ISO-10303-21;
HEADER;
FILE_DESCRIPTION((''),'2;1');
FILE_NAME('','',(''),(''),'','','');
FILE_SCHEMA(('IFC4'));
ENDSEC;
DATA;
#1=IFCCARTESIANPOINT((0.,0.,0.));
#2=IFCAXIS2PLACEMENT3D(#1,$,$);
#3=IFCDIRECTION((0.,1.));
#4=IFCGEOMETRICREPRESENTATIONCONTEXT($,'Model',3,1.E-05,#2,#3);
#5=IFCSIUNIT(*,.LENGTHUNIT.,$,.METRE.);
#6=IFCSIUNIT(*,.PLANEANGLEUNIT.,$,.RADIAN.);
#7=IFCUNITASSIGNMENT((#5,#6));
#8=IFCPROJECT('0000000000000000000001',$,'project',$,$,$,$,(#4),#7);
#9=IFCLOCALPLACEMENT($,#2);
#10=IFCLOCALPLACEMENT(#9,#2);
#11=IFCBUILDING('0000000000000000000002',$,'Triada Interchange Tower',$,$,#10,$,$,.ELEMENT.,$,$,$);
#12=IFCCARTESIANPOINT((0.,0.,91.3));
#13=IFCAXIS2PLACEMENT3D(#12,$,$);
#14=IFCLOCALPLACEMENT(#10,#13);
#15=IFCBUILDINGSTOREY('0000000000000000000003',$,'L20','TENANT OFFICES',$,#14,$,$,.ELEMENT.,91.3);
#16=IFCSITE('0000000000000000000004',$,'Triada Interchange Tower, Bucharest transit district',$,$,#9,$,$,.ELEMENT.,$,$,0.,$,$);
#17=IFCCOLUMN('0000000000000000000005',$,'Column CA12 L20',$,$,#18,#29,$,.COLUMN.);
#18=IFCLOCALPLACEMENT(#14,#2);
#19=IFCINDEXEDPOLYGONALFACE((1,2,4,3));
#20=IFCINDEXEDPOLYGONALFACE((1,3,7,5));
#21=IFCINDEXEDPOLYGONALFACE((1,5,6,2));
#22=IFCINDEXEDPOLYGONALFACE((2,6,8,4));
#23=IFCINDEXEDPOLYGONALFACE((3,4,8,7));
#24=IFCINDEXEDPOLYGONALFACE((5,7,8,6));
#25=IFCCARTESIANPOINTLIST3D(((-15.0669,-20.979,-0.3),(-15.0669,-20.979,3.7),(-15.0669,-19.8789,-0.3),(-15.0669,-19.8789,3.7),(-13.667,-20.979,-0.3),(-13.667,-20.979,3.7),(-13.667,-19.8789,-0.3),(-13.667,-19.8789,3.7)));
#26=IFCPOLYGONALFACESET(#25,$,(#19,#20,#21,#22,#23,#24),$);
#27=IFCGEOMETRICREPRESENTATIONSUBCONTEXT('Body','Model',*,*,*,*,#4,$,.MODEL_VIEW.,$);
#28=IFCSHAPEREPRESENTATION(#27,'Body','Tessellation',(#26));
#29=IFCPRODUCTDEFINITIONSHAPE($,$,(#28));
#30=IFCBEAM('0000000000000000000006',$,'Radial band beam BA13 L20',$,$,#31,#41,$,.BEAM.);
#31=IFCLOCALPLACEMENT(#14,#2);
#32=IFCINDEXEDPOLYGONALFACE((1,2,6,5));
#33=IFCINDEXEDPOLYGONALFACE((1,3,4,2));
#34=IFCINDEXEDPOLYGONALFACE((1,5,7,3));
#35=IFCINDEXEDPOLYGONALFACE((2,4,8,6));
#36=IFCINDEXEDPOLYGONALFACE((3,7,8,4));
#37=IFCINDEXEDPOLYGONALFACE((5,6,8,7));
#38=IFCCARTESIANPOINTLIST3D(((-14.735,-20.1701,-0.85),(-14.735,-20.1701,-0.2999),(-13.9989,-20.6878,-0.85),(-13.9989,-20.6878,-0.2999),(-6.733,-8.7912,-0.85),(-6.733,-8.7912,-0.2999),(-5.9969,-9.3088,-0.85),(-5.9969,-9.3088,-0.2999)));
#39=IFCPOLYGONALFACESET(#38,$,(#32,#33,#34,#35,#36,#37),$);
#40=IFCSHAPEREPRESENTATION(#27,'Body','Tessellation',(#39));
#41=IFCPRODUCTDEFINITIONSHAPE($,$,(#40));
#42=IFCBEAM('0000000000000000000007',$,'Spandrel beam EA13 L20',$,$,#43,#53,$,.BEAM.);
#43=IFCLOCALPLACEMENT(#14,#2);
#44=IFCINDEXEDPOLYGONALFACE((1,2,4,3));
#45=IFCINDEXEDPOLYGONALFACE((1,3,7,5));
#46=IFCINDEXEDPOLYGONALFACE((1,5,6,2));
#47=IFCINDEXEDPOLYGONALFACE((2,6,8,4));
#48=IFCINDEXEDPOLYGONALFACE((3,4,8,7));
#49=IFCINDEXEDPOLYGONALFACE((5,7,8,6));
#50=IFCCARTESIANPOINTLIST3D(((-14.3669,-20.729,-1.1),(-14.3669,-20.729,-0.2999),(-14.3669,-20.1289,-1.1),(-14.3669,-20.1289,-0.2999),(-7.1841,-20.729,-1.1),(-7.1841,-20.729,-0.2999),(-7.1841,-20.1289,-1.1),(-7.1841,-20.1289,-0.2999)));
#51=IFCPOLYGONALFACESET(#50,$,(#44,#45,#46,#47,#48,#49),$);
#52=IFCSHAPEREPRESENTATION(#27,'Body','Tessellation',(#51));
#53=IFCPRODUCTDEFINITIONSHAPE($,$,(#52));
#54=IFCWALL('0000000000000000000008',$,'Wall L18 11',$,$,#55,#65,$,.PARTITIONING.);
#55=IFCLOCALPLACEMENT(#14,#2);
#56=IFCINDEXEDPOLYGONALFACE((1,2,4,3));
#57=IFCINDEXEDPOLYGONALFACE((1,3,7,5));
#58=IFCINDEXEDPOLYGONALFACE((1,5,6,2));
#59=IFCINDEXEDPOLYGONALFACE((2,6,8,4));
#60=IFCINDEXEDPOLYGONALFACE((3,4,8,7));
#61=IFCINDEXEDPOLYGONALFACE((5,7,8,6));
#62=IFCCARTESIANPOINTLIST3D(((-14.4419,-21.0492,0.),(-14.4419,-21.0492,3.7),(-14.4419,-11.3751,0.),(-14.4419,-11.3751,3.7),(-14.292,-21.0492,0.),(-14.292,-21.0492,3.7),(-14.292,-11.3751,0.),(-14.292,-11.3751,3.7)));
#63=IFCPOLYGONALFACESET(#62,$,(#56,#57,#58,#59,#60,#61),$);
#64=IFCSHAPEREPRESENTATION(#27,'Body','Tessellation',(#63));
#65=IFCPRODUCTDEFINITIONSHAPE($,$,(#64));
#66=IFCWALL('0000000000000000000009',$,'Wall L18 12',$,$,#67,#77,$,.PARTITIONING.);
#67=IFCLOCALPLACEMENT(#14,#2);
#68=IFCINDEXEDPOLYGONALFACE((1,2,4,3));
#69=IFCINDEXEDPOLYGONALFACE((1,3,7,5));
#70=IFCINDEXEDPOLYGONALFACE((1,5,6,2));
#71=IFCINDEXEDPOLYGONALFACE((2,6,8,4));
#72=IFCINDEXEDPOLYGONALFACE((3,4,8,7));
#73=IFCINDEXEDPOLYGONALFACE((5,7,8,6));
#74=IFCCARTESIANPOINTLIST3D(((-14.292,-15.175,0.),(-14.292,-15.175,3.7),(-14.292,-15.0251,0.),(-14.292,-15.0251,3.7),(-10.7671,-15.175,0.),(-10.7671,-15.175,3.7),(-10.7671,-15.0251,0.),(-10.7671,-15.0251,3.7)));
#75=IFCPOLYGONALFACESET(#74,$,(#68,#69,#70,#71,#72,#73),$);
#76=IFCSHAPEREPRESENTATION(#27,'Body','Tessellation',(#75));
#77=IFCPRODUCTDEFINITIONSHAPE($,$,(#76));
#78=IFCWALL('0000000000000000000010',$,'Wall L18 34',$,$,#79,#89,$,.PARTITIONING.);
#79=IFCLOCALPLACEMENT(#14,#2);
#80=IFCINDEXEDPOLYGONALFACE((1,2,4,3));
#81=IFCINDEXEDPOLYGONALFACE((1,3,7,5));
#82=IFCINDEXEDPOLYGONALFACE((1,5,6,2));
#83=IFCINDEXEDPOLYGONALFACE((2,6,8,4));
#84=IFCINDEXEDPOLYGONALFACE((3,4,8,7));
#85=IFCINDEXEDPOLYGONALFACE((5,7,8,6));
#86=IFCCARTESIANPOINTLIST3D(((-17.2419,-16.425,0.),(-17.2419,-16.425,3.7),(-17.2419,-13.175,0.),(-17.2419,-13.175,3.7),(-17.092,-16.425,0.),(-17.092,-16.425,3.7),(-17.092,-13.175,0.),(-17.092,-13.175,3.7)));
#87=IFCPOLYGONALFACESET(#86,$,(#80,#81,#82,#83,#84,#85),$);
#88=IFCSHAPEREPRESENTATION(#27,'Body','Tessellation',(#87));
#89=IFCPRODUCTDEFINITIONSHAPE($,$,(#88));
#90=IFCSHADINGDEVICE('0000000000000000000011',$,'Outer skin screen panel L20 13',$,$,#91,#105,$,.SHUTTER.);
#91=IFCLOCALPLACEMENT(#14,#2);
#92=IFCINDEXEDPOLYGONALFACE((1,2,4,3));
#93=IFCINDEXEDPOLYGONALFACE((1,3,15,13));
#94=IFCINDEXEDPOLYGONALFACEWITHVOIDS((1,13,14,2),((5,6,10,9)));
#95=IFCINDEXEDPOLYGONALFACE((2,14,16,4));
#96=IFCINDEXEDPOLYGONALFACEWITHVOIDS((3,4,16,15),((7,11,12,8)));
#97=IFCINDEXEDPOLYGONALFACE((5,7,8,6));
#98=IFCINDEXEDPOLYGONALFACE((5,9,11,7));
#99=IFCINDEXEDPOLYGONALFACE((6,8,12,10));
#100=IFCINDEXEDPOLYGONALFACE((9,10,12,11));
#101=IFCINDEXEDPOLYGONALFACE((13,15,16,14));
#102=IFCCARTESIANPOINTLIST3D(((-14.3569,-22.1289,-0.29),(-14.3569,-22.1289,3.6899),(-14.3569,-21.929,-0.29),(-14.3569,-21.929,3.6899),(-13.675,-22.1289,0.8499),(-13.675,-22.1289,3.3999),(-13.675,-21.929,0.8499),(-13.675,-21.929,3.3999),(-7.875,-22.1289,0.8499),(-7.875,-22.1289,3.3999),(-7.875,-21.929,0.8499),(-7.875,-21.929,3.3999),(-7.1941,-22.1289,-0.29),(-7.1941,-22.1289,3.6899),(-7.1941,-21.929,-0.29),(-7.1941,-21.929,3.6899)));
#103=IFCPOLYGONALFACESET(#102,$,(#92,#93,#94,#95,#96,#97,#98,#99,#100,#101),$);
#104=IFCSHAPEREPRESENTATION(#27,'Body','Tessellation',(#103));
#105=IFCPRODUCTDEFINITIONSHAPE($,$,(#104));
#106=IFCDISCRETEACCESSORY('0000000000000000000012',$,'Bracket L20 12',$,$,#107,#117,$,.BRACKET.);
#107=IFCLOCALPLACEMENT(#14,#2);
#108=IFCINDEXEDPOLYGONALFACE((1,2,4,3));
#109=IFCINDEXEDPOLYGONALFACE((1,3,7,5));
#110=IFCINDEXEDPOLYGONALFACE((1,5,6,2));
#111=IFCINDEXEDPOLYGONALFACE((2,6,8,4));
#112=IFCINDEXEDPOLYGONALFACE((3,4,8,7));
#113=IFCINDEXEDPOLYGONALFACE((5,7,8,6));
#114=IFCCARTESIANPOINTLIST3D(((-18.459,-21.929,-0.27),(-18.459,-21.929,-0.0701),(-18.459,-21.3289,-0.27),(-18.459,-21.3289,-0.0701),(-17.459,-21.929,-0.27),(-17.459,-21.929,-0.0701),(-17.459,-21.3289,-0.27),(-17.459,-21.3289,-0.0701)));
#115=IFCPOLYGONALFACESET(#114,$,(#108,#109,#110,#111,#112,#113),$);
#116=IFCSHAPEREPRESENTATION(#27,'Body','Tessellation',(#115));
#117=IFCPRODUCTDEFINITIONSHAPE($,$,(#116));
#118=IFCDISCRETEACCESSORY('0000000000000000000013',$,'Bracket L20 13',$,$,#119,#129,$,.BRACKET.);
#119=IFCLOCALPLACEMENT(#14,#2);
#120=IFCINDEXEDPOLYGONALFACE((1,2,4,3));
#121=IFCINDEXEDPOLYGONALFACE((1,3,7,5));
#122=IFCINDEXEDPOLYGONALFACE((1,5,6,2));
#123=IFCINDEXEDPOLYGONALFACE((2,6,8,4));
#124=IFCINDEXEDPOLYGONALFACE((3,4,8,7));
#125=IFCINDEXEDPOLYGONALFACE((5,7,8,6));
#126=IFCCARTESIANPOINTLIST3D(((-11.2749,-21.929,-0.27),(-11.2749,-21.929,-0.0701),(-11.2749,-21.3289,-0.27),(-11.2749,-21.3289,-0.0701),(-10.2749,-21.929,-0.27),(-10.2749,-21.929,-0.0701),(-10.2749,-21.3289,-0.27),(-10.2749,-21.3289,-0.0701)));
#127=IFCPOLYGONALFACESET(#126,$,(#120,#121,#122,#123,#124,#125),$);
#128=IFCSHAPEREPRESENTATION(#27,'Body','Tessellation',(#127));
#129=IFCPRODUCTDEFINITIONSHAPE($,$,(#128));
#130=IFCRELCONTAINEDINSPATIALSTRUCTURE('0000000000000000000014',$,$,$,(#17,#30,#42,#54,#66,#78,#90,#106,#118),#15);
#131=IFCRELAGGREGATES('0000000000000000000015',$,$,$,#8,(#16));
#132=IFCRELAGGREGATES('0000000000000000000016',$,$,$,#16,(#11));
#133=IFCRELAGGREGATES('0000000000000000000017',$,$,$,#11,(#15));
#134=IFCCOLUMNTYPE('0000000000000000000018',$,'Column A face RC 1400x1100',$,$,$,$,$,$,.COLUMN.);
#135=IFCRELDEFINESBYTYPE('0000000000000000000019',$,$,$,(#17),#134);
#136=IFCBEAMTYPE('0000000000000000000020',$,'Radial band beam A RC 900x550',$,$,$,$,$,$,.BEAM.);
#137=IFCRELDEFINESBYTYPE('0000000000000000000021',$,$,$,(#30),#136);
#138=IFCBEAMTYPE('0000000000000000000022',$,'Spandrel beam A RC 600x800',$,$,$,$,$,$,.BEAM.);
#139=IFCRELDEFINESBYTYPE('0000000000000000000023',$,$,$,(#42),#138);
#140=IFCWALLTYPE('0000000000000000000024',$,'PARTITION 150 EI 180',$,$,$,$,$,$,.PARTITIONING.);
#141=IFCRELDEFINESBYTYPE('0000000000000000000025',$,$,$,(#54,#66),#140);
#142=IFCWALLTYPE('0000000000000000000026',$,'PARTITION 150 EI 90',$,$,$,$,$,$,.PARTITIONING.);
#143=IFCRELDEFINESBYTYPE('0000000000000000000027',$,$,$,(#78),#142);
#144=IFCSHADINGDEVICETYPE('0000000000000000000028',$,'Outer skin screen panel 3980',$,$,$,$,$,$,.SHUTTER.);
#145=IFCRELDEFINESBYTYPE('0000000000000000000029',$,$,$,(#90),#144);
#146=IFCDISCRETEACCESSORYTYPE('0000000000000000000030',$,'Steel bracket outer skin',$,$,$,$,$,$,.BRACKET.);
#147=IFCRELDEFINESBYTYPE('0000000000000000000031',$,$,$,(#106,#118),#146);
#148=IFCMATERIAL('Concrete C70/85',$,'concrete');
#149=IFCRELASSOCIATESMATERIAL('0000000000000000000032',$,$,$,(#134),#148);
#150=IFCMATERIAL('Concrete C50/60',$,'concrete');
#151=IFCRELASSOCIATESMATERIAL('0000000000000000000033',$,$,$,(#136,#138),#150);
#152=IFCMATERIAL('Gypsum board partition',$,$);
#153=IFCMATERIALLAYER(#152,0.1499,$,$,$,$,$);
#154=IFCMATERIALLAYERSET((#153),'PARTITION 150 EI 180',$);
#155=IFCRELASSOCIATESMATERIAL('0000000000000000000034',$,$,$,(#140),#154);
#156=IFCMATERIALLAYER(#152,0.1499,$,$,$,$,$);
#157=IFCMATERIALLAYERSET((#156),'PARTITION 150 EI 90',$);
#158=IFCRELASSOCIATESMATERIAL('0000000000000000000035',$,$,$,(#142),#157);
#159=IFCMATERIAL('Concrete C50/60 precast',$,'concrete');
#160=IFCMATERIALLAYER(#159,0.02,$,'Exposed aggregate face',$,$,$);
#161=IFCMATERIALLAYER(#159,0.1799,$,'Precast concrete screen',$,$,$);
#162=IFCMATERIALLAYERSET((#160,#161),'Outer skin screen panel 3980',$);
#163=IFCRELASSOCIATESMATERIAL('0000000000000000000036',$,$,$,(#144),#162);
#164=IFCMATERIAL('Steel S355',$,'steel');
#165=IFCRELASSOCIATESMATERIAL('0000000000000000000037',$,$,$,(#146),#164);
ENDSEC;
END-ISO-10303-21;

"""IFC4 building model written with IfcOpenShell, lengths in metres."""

from ifc_helpers import new_model, si_unit, direction, frame, frame_2d, origin, origin_2d, place, context, subcontext, project, spatial, polyline, rectangle, outline, extrude, material, layer, layer_set, material_profile, profile_set, type_object, element, save


model = new_model("IFC4")

# Units and contexts
model_context = context("Model", 3, precision=1e-05, world=origin(), true_north=direction((0.0, 1.0)))
body_context = subcontext(model_context, "Body", "Model", "MODEL_VIEW")
ifc_project = project(units=[si_unit("LENGTHUNIT", "METRE"), si_unit("PLANEANGLEUNIT", "RADIAN")], contexts=[model_context])

# Site, building, storey
site_placement = place(None, origin())
site = spatial("IfcSite", under=ifc_project, at=site_placement, Name="Triada Interchange Tower, Bucharest transit district", CompositionType="ELEMENT", RefElevation=0.0)
building_placement = place(site_placement, origin())
building = spatial("IfcBuilding", under=site, at=building_placement, Name="Triada Interchange Tower", CompositionType="ELEMENT")
storey_placement = place(building_placement, frame((0.0, 0.0, 91.3)))
storey = spatial("IfcBuildingStorey", under=building, at=storey_placement, Name="L20", Description="TENANT OFFICES", CompositionType="ELEMENT", Elevation=91.3)

# Column
ifc_material_1 = material(Name="Concrete C70/85", Category="concrete")
ifc_material_profile_1 = material_profile(ifc_material_1, rectangle(XDim=1.3999, YDim=1.1001, at=origin_2d()), Name="RC 1400x1100")
ifc_profile_set_1 = profile_set([ifc_material_profile_1], Name="Concrete C70/85")
column_type = type_object("IfcColumnType", Name="Column A face RC 1400x1100", PredefinedType="COLUMN", material=ifc_profile_set_1)
column_placement = place(storey_placement, frame((-14.3669, -20.429, -0.3), z_axis=(0.0, 0.0, 1.0), x_axis=(1.0, 0.0, 0.0)))
element("IfcColumn", 1, at=column_placement, inside=storey, type_object=column_type, Name="Column CA12 L20", PredefinedType="COLUMN", context=body_context, shape_type="SweptSolid", body=[
    extrude(rectangle(XDim=1.3999, YDim=1.1001, at=origin_2d()), origin(), (0.0, 0.0, 1.0), 4.0),
])

# Beams
ifc_material_2 = material(Name="Concrete C50/60", Category="concrete")
ifc_material_profile_2 = material_profile(ifc_material_2, rectangle(XDim=0.8999, YDim=0.55, at=origin_2d()), Name="RC 900x550")
ifc_profile_set_2 = profile_set([ifc_material_profile_2], Name="Concrete C50/60")
beam_type_1 = type_object("IfcBeamType", Name="Radial band beam A RC 900x550", PredefinedType="BEAM", material=ifc_profile_set_2)
beam_1_placement = place(storey_placement, frame((-14.3669, -20.429, -0.575), z_axis=(0.575233, 0.81799, 0.0), x_axis=(-0.81799, 0.575233, 0.0)))
element("IfcBeam", 2, at=beam_1_placement, inside=storey, type_object=beam_type_1, Name="Radial band beam BA13 L20", PredefinedType="BEAM", context=body_context, shape_type="SweptSolid", body=[
    extrude(rectangle(XDim=0.8999, YDim=0.55, at=origin_2d()), origin(), (0.0, 0.0, 1.0), 13.9109),
])
ifc_material_profile_3 = material_profile(ifc_material_2, rectangle(XDim=0.6001, YDim=0.8, at=origin_2d()), Name="RC 600x800")
ifc_profile_set_3 = profile_set([ifc_material_profile_3], Name="Concrete C50/60")
beam_type_2 = type_object("IfcBeamType", Name="Spandrel beam A RC 600x800", PredefinedType="BEAM", material=ifc_profile_set_3)
beam_2_placement = place(storey_placement, frame((-14.3669, -20.429, -0.7), z_axis=(1.0, 0.0, 0.0), x_axis=(0.0, 1.0, 0.0)))
element("IfcBeam", 3, at=beam_2_placement, inside=storey, type_object=beam_type_2, Name="Spandrel beam EA13 L20", PredefinedType="BEAM", context=body_context, shape_type="SweptSolid", body=[
    extrude(rectangle(XDim=0.6001, YDim=0.8, at=origin_2d()), origin(), (0.0, 0.0, 1.0), 7.1829),
])

# Walls
ifc_material_3 = material(Name="Gypsum board partition")
ifc_layer_1 = layer(ifc_material_3, 0.1499)
ifc_layer_set_1 = layer_set([ifc_layer_1], Name="PARTITION 150 EI 180")
wall_type_1 = type_object("IfcWallType", Name="PARTITION 150 EI 180", PredefinedType="PARTITIONING", material=ifc_layer_set_1)
wall_1_placement = place(storey_placement, frame((-14.3669, -21.0491, 0.0), z_axis=(0.0, 0.0, 1.0), x_axis=(0.0, 1.0, 0.0)))
element("IfcWall", 4, at=wall_1_placement, inside=storey, type_object=wall_type_1, Name="Wall L18 11", PredefinedType="PARTITIONING", context=body_context, shape_type="SweptSolid", body=[
    extrude(rectangle(XDim=9.6741, YDim=0.1499, at=frame_2d((4.8369, 0.0))), origin(), (0.0, 0.0, 1.0), 3.7),
])
wall_2_placement = place(storey_placement, frame((-14.292, -15.1001, 0.0), z_axis=(0.0, 0.0, 1.0), x_axis=(1.0, 0.0, 0.0)))
element("IfcWall", 5, at=wall_2_placement, inside=storey, type_object=wall_type_1, Name="Wall L18 12", PredefinedType="PARTITIONING", context=body_context, shape_type="SweptSolid", body=[
    extrude(rectangle(XDim=3.5249, YDim=0.1499, at=frame_2d((1.7625, 0.0))), origin(), (0.0, 0.0, 1.0), 3.7),
])
ifc_layer_2 = layer(ifc_material_3, 0.1499)
ifc_layer_set_2 = layer_set([ifc_layer_2], Name="PARTITION 150 EI 90")
wall_type_2 = type_object("IfcWallType", Name="PARTITION 150 EI 90", PredefinedType="PARTITIONING", material=ifc_layer_set_2)
wall_3_placement = place(storey_placement, frame((-17.167, -16.425, 0.0), z_axis=(0.0, 0.0, 1.0), x_axis=(0.0, 1.0, 0.0)))
element("IfcWall", 6, at=wall_3_placement, inside=storey, type_object=wall_type_2, Name="Wall L18 34", PredefinedType="PARTITIONING", context=body_context, shape_type="SweptSolid", body=[
    extrude(rectangle(XDim=3.25, YDim=0.1499, at=frame_2d((1.625, 0.0))), origin(), (0.0, 0.0, 1.0), 3.7),
])

# Shading device
ifc_material_4 = material(Name="Concrete C50/60 precast", Category="concrete")
ifc_layer_3 = layer(ifc_material_4, 0.02, Name="Exposed aggregate face")
ifc_layer_4 = layer(ifc_material_4, 0.1799, Name="Precast concrete screen")
ifc_layer_set_3 = layer_set([ifc_layer_3, ifc_layer_4], Name="Outer skin screen panel 3980")
shading_device_type = type_object("IfcShadingDeviceType", Name="Outer skin screen panel 3980", PredefinedType="SHUTTER", material=ifc_layer_set_3)
shading_device_placement = place(storey_placement, frame((-14.3569, -21.929, -0.29), z_axis=(0.0, 0.0, 1.0), x_axis=(1.0, 0.0, 0.0)))
element("IfcShadingDevice", 7, at=shading_device_placement, inside=storey, type_object=shading_device_type, Name="Outer skin screen panel L20 13", PredefinedType="SHUTTER", context=body_context, shape_type="SweptSolid", body=[
    extrude(outline(polyline([(0.0, 0.0), (7.1628, 0.0), (7.1628, 3.98), (0.0, 3.98), (0.0, 0.0)]), holes=[polyline([(0.6819, 1.1399), (0.6819, 3.6899), (6.4819, 3.6899), (6.4819, 1.1399), (0.6819, 1.1399)])]), frame((0.0, 0.0, 0.0), z_axis=(0.0, -1.0, 0.0), x_axis=(1.0, 0.0, 0.0)), (0.0, 0.0, 1.0), 0.2),
])

# Discrete accessories
ifc_material_5 = material(Name="Steel S355", Category="steel")
discrete_accessory_type = type_object("IfcDiscreteAccessoryType", Name="Steel bracket outer skin", PredefinedType="BRACKET", material=ifc_material_5)
for number, where, z_axis, x_axis, name in (
    (8, (-17.959, -21.6289, -0.27), (0.0, 0.0, 1.0), (0.0, -1.0, 0.0), "Bracket L20 12"),
    (9, (-10.7749, -21.6289, -0.27), (0.0, 0.0, 1.0), (0.0, -1.0, 0.0), "Bracket L20 13"),
):
    element("IfcDiscreteAccessory", number, at=place(storey_placement, frame(where, z_axis=z_axis, x_axis=x_axis)), inside=storey, type_object=discrete_accessory_type, Name=name, PredefinedType="BRACKET", context=body_context, shape_type="SweptSolid", body=[
        extrude(rectangle(XDim=0.6001, YDim=1.0, at=origin_2d()), origin(), (0.0, 0.0, 1.0), 0.2),
    ])

save(model, "model.ifc")
